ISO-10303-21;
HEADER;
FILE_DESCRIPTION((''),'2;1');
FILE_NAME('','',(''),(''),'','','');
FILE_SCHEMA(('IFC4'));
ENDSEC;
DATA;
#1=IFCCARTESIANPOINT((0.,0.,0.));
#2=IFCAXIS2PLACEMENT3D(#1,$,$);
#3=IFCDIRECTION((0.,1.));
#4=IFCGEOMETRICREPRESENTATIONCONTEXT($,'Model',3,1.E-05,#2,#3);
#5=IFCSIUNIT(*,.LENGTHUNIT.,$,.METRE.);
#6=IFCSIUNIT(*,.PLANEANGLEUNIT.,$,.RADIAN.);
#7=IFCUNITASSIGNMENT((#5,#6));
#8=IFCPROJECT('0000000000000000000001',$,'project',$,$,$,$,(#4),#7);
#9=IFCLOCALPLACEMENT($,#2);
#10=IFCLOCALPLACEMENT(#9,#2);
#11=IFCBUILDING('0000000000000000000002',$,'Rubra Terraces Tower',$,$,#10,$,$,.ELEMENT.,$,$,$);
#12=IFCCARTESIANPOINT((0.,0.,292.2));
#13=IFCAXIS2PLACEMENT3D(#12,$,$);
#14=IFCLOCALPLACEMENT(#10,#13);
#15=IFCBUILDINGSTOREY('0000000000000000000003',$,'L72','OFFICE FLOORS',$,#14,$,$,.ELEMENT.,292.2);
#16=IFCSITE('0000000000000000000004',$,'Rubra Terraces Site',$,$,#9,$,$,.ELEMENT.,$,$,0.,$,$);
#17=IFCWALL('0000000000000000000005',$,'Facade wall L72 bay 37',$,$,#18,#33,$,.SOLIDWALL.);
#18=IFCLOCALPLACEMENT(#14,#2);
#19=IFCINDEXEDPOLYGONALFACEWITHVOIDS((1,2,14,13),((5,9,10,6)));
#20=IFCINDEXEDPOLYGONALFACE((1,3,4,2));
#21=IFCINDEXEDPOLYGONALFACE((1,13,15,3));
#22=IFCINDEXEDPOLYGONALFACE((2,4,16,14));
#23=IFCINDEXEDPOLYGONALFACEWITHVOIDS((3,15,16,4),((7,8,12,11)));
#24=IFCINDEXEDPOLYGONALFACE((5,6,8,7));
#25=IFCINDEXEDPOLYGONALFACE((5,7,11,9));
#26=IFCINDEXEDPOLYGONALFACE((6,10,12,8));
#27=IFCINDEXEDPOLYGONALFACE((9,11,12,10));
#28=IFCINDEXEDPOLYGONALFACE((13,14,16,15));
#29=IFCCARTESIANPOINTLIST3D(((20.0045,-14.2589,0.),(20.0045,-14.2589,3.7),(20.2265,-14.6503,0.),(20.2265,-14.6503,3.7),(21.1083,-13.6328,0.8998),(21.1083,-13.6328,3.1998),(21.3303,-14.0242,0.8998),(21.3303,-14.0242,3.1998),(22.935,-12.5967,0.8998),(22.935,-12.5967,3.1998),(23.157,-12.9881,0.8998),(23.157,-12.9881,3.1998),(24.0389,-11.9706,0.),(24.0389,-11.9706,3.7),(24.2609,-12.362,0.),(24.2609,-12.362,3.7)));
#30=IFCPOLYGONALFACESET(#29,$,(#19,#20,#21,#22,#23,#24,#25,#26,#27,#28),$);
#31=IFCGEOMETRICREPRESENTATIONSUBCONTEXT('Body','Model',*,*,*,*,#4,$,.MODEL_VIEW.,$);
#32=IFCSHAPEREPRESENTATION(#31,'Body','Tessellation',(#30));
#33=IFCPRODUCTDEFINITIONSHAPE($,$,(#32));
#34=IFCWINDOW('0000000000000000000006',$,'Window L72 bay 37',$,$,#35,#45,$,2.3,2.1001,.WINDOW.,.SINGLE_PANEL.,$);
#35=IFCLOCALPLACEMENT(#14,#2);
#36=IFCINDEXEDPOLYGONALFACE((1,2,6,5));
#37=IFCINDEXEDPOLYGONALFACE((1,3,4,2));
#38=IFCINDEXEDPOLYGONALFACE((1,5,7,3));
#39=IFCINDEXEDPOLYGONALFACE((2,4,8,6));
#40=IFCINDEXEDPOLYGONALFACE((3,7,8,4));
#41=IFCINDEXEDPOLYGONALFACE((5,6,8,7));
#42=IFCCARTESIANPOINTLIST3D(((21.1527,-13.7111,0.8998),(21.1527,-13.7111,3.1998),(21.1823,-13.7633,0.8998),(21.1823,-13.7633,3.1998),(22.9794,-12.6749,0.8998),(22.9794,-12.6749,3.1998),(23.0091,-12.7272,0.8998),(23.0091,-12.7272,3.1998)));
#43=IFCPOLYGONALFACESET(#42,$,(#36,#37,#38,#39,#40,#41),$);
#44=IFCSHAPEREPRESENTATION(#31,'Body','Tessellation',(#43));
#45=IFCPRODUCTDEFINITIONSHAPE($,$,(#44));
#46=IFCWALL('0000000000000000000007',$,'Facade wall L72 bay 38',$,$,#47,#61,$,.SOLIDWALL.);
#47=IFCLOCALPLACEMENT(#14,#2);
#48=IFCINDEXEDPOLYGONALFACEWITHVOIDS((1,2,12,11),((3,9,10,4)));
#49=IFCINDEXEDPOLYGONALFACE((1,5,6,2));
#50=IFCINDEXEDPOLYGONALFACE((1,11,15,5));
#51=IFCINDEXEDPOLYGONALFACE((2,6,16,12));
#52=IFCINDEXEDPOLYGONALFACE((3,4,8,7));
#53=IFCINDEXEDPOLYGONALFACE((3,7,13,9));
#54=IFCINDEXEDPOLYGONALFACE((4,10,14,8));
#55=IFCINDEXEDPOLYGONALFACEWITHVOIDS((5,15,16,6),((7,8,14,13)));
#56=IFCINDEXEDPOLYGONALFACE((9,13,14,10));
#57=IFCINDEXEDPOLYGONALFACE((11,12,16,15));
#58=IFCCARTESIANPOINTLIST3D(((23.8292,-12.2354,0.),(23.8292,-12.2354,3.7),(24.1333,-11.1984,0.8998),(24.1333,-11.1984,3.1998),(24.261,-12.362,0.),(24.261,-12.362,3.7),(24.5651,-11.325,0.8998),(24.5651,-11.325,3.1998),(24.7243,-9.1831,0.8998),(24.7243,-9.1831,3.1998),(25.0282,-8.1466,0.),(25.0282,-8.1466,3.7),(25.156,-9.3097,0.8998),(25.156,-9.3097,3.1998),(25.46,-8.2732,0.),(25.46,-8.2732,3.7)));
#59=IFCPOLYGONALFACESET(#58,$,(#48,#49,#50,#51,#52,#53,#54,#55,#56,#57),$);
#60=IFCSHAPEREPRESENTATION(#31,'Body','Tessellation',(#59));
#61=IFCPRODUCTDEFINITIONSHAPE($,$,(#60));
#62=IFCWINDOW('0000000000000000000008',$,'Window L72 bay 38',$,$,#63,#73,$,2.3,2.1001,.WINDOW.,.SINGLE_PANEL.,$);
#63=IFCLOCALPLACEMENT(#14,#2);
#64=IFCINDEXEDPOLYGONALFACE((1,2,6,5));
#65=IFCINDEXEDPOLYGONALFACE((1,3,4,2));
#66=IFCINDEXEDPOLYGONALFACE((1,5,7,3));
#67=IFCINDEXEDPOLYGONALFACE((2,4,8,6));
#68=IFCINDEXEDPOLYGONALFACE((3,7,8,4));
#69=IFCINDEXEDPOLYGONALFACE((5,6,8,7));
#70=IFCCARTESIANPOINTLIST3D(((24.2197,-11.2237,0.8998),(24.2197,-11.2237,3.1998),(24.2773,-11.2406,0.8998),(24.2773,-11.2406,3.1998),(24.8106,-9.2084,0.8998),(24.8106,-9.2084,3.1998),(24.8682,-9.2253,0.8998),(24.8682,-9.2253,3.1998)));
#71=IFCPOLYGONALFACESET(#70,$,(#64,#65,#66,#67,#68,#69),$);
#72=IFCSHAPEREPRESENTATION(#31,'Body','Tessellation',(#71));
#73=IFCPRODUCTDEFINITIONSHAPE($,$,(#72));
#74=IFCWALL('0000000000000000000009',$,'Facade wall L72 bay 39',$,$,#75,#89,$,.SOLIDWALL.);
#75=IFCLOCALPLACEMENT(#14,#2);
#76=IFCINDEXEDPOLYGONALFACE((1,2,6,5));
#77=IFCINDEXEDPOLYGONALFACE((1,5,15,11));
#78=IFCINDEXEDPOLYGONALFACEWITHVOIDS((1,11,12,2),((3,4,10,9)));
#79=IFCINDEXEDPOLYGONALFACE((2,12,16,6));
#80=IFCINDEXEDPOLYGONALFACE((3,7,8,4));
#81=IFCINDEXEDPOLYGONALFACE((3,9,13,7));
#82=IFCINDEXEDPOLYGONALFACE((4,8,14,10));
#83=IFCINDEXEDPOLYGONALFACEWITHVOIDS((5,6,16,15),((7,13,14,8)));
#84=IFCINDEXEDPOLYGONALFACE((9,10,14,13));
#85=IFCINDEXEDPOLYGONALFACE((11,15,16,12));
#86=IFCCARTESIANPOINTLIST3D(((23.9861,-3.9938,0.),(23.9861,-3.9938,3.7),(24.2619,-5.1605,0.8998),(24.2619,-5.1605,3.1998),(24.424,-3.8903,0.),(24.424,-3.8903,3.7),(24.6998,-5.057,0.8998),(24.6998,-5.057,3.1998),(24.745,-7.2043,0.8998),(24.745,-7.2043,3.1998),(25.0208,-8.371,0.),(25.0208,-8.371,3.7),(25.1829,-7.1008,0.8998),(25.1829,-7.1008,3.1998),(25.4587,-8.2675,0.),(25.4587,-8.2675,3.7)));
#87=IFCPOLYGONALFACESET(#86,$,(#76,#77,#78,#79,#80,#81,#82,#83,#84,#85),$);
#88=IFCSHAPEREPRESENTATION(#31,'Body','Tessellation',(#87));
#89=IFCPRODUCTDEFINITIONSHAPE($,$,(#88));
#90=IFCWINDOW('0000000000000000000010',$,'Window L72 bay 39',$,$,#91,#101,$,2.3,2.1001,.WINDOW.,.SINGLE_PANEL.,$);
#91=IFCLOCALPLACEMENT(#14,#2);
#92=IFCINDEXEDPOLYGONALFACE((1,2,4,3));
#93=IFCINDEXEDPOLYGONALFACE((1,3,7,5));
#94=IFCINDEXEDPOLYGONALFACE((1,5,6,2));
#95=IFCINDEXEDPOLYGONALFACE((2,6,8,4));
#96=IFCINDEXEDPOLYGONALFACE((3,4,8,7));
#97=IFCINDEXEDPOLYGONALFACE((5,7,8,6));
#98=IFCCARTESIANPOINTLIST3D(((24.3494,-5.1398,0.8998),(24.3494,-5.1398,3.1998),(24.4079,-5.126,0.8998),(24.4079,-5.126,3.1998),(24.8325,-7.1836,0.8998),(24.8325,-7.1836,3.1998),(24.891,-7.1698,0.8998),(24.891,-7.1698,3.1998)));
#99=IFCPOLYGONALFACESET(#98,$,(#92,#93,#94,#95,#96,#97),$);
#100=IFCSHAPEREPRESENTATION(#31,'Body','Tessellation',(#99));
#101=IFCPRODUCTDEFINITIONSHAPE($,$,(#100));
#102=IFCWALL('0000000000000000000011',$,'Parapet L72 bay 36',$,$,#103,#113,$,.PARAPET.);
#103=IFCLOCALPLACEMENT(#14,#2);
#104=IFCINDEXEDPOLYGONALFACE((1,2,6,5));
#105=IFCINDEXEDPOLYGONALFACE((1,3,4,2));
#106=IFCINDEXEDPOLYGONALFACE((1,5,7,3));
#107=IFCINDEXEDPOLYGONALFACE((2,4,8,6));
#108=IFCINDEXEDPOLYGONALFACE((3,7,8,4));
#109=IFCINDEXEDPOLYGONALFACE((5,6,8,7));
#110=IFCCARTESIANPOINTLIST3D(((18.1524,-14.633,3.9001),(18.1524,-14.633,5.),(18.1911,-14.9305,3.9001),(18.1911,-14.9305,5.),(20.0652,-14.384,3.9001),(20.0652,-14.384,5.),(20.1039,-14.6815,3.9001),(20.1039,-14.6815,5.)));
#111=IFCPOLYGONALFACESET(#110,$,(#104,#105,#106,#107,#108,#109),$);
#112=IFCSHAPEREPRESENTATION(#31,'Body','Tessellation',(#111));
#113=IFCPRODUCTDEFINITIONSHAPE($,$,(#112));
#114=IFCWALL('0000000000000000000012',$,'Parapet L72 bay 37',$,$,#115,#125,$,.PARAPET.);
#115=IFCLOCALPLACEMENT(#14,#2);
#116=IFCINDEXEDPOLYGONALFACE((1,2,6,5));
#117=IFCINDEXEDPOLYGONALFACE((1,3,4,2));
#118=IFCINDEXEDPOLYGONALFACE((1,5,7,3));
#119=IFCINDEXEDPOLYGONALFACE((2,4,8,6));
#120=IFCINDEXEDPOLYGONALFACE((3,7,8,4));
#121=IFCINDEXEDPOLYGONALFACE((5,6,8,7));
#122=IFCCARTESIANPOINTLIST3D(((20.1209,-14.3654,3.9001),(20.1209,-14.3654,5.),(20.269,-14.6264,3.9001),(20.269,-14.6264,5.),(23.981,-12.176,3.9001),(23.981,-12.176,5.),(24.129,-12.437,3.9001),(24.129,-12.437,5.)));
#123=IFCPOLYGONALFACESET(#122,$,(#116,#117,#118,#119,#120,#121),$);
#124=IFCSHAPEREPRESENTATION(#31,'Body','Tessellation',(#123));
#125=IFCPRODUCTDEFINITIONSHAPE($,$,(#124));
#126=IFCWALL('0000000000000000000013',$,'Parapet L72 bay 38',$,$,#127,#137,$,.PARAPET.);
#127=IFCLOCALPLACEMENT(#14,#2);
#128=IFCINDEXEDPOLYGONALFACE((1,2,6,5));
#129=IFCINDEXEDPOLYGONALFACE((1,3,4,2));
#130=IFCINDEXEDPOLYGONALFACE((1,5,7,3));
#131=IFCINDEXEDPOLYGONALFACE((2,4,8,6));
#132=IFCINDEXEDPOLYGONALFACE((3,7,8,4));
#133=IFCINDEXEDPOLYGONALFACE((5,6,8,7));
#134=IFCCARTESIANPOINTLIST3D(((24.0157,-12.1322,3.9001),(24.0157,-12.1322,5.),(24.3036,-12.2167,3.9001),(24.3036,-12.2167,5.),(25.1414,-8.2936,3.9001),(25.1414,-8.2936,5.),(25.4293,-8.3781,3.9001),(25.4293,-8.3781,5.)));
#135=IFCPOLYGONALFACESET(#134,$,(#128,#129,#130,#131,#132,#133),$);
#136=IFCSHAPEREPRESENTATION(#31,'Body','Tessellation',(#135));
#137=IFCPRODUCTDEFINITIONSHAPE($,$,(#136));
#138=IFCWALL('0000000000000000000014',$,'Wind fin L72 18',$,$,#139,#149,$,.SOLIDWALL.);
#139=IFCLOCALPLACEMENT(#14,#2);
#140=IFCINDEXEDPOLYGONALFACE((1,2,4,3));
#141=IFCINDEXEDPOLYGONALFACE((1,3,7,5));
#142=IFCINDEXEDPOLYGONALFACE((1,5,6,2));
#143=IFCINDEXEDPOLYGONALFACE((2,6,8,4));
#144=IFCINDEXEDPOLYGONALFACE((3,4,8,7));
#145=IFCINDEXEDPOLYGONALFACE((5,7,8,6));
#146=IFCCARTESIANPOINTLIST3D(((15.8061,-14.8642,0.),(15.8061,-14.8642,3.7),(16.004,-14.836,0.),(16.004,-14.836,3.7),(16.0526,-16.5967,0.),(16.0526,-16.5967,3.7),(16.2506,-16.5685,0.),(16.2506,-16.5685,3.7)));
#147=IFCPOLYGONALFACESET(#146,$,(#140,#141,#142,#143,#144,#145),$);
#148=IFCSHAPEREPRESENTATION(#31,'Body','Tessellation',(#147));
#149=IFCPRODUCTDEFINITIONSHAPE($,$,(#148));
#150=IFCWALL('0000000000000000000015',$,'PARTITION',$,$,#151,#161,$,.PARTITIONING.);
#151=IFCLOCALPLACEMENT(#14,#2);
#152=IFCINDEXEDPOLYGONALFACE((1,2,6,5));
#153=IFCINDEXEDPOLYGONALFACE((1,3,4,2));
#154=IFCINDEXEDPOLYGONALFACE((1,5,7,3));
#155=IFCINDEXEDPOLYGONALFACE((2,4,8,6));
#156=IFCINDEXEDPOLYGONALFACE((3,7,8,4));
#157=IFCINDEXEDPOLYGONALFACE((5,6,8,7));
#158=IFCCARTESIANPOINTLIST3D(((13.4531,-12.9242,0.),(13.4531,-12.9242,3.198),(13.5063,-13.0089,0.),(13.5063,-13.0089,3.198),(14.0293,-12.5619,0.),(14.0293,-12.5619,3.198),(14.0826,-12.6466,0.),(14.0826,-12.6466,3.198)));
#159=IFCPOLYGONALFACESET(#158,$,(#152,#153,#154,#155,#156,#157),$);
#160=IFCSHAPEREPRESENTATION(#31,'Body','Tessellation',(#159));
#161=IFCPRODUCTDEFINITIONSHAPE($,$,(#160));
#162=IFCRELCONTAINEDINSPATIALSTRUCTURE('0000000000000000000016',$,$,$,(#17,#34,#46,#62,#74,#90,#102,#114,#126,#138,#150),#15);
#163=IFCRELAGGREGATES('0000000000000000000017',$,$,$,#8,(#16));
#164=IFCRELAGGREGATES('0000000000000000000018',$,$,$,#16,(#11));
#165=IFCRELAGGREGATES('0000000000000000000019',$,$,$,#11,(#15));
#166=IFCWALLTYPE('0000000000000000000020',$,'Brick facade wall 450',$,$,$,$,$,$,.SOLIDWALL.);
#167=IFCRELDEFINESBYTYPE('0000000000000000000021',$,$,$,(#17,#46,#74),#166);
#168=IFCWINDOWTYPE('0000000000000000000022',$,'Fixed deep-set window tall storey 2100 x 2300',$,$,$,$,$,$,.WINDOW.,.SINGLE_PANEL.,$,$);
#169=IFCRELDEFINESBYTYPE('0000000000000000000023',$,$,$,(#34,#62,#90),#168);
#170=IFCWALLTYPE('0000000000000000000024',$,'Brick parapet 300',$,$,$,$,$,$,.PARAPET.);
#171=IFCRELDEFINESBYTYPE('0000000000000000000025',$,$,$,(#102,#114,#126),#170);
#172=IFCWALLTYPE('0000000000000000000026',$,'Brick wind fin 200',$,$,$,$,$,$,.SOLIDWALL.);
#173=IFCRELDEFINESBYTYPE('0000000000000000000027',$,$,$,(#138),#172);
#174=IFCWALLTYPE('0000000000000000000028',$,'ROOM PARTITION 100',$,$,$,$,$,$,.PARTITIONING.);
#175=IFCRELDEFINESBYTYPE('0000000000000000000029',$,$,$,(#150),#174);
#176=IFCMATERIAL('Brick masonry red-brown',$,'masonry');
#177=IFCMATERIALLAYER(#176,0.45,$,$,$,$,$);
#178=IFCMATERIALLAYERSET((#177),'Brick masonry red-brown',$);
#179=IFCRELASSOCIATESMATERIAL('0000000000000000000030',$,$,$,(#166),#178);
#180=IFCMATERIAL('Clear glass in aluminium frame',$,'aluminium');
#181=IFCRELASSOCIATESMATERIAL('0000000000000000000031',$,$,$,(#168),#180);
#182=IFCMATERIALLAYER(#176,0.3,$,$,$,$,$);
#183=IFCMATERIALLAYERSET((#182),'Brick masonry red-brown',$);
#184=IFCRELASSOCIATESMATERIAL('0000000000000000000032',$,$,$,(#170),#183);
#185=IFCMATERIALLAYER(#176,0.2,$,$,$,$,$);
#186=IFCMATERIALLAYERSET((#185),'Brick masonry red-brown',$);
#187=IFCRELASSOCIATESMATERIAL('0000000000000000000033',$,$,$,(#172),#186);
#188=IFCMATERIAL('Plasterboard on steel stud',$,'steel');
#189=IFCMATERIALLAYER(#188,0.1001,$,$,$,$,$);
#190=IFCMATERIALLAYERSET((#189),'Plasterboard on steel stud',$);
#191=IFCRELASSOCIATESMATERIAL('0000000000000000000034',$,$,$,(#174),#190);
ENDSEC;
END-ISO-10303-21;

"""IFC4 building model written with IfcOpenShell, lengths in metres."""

from ifc_helpers import new_model, si_unit, direction, frame, frame_2d, origin, place, context, subcontext, project, spatial, rectangle, extrude, material, layer, layer_set, type_object, element, fill, save


model = new_model("IFC4")

# Units and contexts
model_context = context("Model", 3, precision=1e-05, world=origin(), true_north=direction((0.0, 1.0)))
body_context = subcontext(model_context, "Body", "Model", "MODEL_VIEW")
ifc_project = project(units=[si_unit("LENGTHUNIT", "METRE"), si_unit("PLANEANGLEUNIT", "RADIAN")], contexts=[model_context])

# Site, building, storey
site_placement = place(None, origin())
site = spatial("IfcSite", under=ifc_project, at=site_placement, Name="Rubra Terraces Site", CompositionType="ELEMENT", RefElevation=0.0)
building_placement = place(site_placement, origin())
building = spatial("IfcBuilding", under=site, at=building_placement, Name="Rubra Terraces Tower", CompositionType="ELEMENT")
storey_placement = place(building_placement, frame((0.0, 0.0, 292.2)))
storey = spatial("IfcBuildingStorey", under=building, at=storey_placement, Name="L72", Description="OFFICE FLOORS", CompositionType="ELEMENT", Elevation=292.2)

# Walls, openings, windows
ifc_material_1 = material(Name="Brick masonry red-brown", Category="masonry")
ifc_layer_1 = layer(ifc_material_1, 0.45)
ifc_layer_set_1 = layer_set([ifc_layer_1], Name="Brick masonry red-brown")
wall_type_1 = type_object("IfcWallType", Name="Brick facade wall 450", PredefinedType="SOLIDWALL", material=ifc_layer_set_1)
ifc_material_2 = material(Name="Clear glass in aluminium frame", Category="aluminium")
window_type = type_object("IfcWindowType", Name="Fixed deep-set window tall storey 2100 x 2300", PartitioningType="SINGLE_PANEL", PredefinedType="WINDOW", material=ifc_material_2)
wall_1_placement = place(storey_placement, frame((20.1155, -14.4546, 0.0), z_axis=(0.0, 0.0, 1.0), x_axis=(0.869823, 0.493364, 0.0)))
wall_1 = element("IfcWall", 1, at=wall_1_placement, inside=storey, type_object=wall_type_1, Name="Facade wall L72 bay 37", PredefinedType="SOLIDWALL", context=body_context, shape_type="SweptSolid", body=[
    extrude(rectangle(XDim=4.6382, YDim=0.45, at=frame_2d((2.3191, 0.0))), origin(), (0.0, 0.0, 1.0), 3.7),
])
opening_1_placement = place(wall_1_placement, frame((1.269, 0.0, 0.8999)))
opening_1 = element("IfcOpeningElement", 2, at=opening_1_placement, cuts=wall_1, PredefinedType="OPENING", context=body_context, shape_type="SweptSolid", body=[
    extrude(rectangle(XDim=2.1001, YDim=2.3, at=frame_2d((1.05, 1.1499))), frame((0.0, 0.2349, 0.0), z_axis=(0.0, -1.0, 0.0), x_axis=(1.0, 0.0, 0.0)), (0.0, 0.0, 1.0), 0.47),
])
window_1_placement = place(opening_1_placement, origin())
window_1 = element("IfcWindow", 3, at=window_1_placement, inside=storey, type_object=window_type, Name="Window L72 bay 37", OverallHeight=2.3, OverallWidth=2.1001, PartitioningType="SINGLE_PANEL", PredefinedType="WINDOW", context=body_context, shape_type="SweptSolid", body=[
    extrude(rectangle(XDim=2.1001, YDim=2.3, at=frame_2d((1.05, 1.1499))), frame((0.0, 0.135, 0.0), z_axis=(0.0, -1.0, 0.0), x_axis=(1.0, 0.0, 0.0)), (0.0, 0.0, 1.0), 0.0601),
])
fill(opening_1, window_1)
wall_2_placement = place(storey_placement, frame((24.0452, -12.2986, 0.0), z_axis=(0.0, 0.0, 1.0), x_axis=(0.281381, 0.959596, 0.0)))
wall_2 = element("IfcWall", 4, at=wall_2_placement, inside=storey, type_object=wall_type_1, Name="Facade wall L72 bay 38", PredefinedType="SOLIDWALL", context=body_context, shape_type="SweptSolid", body=[
    extrude(rectangle(XDim=4.261, YDim=0.45, at=frame_2d((2.1304, 0.0))), origin(), (0.0, 0.0, 1.0), 3.7),
])
opening_2_placement = place(wall_2_placement, frame((1.0806, 0.0, 0.8999)))
opening_2 = element("IfcOpeningElement", 5, at=opening_2_placement, cuts=wall_2, PredefinedType="OPENING", context=body_context, shape_type="SweptSolid", body=[
    extrude(rectangle(XDim=2.1001, YDim=2.3, at=frame_2d((1.05, 1.1499))), frame((0.0, 0.2349, 0.0), z_axis=(0.0, -1.0, 0.0), x_axis=(1.0, 0.0, 0.0)), (0.0, 0.0, 1.0), 0.47),
])
window_2_placement = place(opening_2_placement, origin())
window_2 = element("IfcWindow", 6, at=window_2_placement, inside=storey, type_object=window_type, Name="Window L72 bay 38", OverallHeight=2.3, OverallWidth=2.1001, PartitioningType="SINGLE_PANEL", PredefinedType="WINDOW", context=body_context, shape_type="SweptSolid", body=[
    extrude(rectangle(XDim=2.1001, YDim=2.3, at=frame_2d((1.05, 1.1499))), frame((0.0, 0.135, 0.0), z_axis=(0.0, -1.0, 0.0), x_axis=(1.0, 0.0, 0.0)), (0.0, 0.0, 1.0), 0.0601),
])
fill(opening_2, window_2)
wall_3_placement = place(storey_placement, frame((25.2397, -8.3193, 0.0), z_axis=(0.0, 0.0, 1.0), x_axis=(-0.230038, 0.973182, 0.0)))
wall_3 = element("IfcWall", 7, at=wall_3_placement, inside=storey, type_object=wall_type_1, Name="Facade wall L72 bay 39", PredefinedType="SOLIDWALL", context=body_context, shape_type="SweptSolid", body=[
    extrude(rectangle(XDim=4.4978, YDim=0.45, at=frame_2d((2.249, 0.0))), origin(), (0.0, 0.0, 1.0), 3.7),
])
opening_3_placement = place(wall_3_placement, frame((1.199, 0.0, 0.8999)))
opening_3 = element("IfcOpeningElement", 8, at=opening_3_placement, cuts=wall_3, PredefinedType="OPENING", context=body_context, shape_type="SweptSolid", body=[
    extrude(rectangle(XDim=2.1001, YDim=2.3, at=frame_2d((1.05, 1.1499))), frame((0.0, 0.2349, 0.0), z_axis=(0.0, -1.0, 0.0), x_axis=(1.0, 0.0, 0.0)), (0.0, 0.0, 1.0), 0.47),
])
window_3_placement = place(opening_3_placement, origin())
window_3 = element("IfcWindow", 9, at=window_3_placement, inside=storey, type_object=window_type, Name="Window L72 bay 39", OverallHeight=2.3, OverallWidth=2.1001, PartitioningType="SINGLE_PANEL", PredefinedType="WINDOW", context=body_context, shape_type="SweptSolid", body=[
    extrude(rectangle(XDim=2.1001, YDim=2.3, at=frame_2d((1.05, 1.1499))), frame((0.0, 0.135, 0.0), z_axis=(0.0, -1.0, 0.0), x_axis=(1.0, 0.0, 0.0)), (0.0, 0.0, 1.0), 0.0601),
])
fill(opening_3, window_3)

# Walls
ifc_layer_2 = layer(ifc_material_1, 0.3)
ifc_layer_set_2 = layer_set([ifc_layer_2], Name="Brick masonry red-brown")
wall_type_2 = type_object("IfcWallType", Name="Brick parapet 300", PredefinedType="PARAPET", material=ifc_layer_set_2)
wall_4_placement = place(storey_placement, frame((18.1719, -14.7817, 3.9001), z_axis=(0.0, 0.0, 1.0), x_axis=(0.991632, 0.129096, 0.0)))
element("IfcWall", 10, at=wall_4_placement, inside=storey, type_object=wall_type_2, Name="Parapet L72 bay 36", PredefinedType="PARAPET", context=body_context, shape_type="SweptSolid", body=[
    extrude(rectangle(XDim=1.929, YDim=0.3, at=frame_2d((0.9644, 0.0))), origin(), (0.0, 0.0, 1.0), 1.0999),
])
wall_5_placement = place(storey_placement, frame((20.1951, -14.4958, 3.9001), z_axis=(0.0, 0.0, 1.0), x_axis=(0.869823, 0.493364, 0.0)))
element("IfcWall", 11, at=wall_5_placement, inside=storey, type_object=wall_type_2, Name="Parapet L72 bay 37", PredefinedType="PARAPET", context=body_context, shape_type="SweptSolid", body=[
    extrude(rectangle(XDim=4.4377, YDim=0.3, at=frame_2d((2.2188, 0.0))), origin(), (0.0, 0.0, 1.0), 1.0999),
])
wall_6_placement = place(storey_placement, frame((24.1597, -12.1743, 3.9001), z_axis=(0.0, 0.0, 1.0), x_axis=(0.281413, 0.959587, 0.0)))
element("IfcWall", 12, at=wall_6_placement, inside=storey, type_object=wall_type_2, Name="Parapet L72 bay 38", PredefinedType="PARAPET", context=body_context, shape_type="SweptSolid", body=[
    extrude(rectangle(XDim=4.0002, YDim=0.3, at=frame_2d((2.0, 0.0))), origin(), (0.0, 0.0, 1.0), 1.0999),
])
ifc_layer_3 = layer(ifc_material_1, 0.2)
ifc_layer_set_3 = layer_set([ifc_layer_3], Name="Brick masonry red-brown")
wall_type_3 = type_object("IfcWallType", Name="Brick wind fin 200", PredefinedType="SOLIDWALL", material=ifc_layer_set_3)
wall_7_placement = place(storey_placement, frame((15.905, -14.8501, 0.0), z_axis=(0.0, 0.0, 1.0), x_axis=(0.140913, -0.990022, 0.0)))
element("IfcWall", 13, at=wall_7_placement, inside=storey, type_object=wall_type_3, Name="Wind fin L72 18", PredefinedType="SOLIDWALL", context=body_context, shape_type="SweptSolid", body=[
    extrude(rectangle(XDim=1.75, YDim=0.2, at=frame_2d((0.875, 0.0))), origin(), (0.0, 0.0, 1.0), 3.7),
])
ifc_material_3 = material(Name="Plasterboard on steel stud", Category="steel")
ifc_layer_4 = layer(ifc_material_3, 0.1001)
ifc_layer_set_4 = layer_set([ifc_layer_4], Name="Plasterboard on steel stud")
wall_type_4 = type_object("IfcWallType", Name="ROOM PARTITION 100", PredefinedType="PARTITIONING", material=ifc_layer_set_4)
wall_8_placement = place(storey_placement, frame((14.0559, -12.6042, 0.0), z_axis=(0.0, 0.0, 1.0), x_axis=(-0.846544, -0.532318, 0.0)))
element("IfcWall", 14, at=wall_8_placement, inside=storey, type_object=wall_type_4, Name="PARTITION", PredefinedType="PARTITIONING", context=body_context, shape_type="SweptSolid", body=[
    extrude(rectangle(XDim=0.6807, YDim=0.1001, at=frame_2d((0.3403, 0.0))), origin(), (0.0, 0.0, 1.0), 3.198),
])

save(model, "model.ifc")
